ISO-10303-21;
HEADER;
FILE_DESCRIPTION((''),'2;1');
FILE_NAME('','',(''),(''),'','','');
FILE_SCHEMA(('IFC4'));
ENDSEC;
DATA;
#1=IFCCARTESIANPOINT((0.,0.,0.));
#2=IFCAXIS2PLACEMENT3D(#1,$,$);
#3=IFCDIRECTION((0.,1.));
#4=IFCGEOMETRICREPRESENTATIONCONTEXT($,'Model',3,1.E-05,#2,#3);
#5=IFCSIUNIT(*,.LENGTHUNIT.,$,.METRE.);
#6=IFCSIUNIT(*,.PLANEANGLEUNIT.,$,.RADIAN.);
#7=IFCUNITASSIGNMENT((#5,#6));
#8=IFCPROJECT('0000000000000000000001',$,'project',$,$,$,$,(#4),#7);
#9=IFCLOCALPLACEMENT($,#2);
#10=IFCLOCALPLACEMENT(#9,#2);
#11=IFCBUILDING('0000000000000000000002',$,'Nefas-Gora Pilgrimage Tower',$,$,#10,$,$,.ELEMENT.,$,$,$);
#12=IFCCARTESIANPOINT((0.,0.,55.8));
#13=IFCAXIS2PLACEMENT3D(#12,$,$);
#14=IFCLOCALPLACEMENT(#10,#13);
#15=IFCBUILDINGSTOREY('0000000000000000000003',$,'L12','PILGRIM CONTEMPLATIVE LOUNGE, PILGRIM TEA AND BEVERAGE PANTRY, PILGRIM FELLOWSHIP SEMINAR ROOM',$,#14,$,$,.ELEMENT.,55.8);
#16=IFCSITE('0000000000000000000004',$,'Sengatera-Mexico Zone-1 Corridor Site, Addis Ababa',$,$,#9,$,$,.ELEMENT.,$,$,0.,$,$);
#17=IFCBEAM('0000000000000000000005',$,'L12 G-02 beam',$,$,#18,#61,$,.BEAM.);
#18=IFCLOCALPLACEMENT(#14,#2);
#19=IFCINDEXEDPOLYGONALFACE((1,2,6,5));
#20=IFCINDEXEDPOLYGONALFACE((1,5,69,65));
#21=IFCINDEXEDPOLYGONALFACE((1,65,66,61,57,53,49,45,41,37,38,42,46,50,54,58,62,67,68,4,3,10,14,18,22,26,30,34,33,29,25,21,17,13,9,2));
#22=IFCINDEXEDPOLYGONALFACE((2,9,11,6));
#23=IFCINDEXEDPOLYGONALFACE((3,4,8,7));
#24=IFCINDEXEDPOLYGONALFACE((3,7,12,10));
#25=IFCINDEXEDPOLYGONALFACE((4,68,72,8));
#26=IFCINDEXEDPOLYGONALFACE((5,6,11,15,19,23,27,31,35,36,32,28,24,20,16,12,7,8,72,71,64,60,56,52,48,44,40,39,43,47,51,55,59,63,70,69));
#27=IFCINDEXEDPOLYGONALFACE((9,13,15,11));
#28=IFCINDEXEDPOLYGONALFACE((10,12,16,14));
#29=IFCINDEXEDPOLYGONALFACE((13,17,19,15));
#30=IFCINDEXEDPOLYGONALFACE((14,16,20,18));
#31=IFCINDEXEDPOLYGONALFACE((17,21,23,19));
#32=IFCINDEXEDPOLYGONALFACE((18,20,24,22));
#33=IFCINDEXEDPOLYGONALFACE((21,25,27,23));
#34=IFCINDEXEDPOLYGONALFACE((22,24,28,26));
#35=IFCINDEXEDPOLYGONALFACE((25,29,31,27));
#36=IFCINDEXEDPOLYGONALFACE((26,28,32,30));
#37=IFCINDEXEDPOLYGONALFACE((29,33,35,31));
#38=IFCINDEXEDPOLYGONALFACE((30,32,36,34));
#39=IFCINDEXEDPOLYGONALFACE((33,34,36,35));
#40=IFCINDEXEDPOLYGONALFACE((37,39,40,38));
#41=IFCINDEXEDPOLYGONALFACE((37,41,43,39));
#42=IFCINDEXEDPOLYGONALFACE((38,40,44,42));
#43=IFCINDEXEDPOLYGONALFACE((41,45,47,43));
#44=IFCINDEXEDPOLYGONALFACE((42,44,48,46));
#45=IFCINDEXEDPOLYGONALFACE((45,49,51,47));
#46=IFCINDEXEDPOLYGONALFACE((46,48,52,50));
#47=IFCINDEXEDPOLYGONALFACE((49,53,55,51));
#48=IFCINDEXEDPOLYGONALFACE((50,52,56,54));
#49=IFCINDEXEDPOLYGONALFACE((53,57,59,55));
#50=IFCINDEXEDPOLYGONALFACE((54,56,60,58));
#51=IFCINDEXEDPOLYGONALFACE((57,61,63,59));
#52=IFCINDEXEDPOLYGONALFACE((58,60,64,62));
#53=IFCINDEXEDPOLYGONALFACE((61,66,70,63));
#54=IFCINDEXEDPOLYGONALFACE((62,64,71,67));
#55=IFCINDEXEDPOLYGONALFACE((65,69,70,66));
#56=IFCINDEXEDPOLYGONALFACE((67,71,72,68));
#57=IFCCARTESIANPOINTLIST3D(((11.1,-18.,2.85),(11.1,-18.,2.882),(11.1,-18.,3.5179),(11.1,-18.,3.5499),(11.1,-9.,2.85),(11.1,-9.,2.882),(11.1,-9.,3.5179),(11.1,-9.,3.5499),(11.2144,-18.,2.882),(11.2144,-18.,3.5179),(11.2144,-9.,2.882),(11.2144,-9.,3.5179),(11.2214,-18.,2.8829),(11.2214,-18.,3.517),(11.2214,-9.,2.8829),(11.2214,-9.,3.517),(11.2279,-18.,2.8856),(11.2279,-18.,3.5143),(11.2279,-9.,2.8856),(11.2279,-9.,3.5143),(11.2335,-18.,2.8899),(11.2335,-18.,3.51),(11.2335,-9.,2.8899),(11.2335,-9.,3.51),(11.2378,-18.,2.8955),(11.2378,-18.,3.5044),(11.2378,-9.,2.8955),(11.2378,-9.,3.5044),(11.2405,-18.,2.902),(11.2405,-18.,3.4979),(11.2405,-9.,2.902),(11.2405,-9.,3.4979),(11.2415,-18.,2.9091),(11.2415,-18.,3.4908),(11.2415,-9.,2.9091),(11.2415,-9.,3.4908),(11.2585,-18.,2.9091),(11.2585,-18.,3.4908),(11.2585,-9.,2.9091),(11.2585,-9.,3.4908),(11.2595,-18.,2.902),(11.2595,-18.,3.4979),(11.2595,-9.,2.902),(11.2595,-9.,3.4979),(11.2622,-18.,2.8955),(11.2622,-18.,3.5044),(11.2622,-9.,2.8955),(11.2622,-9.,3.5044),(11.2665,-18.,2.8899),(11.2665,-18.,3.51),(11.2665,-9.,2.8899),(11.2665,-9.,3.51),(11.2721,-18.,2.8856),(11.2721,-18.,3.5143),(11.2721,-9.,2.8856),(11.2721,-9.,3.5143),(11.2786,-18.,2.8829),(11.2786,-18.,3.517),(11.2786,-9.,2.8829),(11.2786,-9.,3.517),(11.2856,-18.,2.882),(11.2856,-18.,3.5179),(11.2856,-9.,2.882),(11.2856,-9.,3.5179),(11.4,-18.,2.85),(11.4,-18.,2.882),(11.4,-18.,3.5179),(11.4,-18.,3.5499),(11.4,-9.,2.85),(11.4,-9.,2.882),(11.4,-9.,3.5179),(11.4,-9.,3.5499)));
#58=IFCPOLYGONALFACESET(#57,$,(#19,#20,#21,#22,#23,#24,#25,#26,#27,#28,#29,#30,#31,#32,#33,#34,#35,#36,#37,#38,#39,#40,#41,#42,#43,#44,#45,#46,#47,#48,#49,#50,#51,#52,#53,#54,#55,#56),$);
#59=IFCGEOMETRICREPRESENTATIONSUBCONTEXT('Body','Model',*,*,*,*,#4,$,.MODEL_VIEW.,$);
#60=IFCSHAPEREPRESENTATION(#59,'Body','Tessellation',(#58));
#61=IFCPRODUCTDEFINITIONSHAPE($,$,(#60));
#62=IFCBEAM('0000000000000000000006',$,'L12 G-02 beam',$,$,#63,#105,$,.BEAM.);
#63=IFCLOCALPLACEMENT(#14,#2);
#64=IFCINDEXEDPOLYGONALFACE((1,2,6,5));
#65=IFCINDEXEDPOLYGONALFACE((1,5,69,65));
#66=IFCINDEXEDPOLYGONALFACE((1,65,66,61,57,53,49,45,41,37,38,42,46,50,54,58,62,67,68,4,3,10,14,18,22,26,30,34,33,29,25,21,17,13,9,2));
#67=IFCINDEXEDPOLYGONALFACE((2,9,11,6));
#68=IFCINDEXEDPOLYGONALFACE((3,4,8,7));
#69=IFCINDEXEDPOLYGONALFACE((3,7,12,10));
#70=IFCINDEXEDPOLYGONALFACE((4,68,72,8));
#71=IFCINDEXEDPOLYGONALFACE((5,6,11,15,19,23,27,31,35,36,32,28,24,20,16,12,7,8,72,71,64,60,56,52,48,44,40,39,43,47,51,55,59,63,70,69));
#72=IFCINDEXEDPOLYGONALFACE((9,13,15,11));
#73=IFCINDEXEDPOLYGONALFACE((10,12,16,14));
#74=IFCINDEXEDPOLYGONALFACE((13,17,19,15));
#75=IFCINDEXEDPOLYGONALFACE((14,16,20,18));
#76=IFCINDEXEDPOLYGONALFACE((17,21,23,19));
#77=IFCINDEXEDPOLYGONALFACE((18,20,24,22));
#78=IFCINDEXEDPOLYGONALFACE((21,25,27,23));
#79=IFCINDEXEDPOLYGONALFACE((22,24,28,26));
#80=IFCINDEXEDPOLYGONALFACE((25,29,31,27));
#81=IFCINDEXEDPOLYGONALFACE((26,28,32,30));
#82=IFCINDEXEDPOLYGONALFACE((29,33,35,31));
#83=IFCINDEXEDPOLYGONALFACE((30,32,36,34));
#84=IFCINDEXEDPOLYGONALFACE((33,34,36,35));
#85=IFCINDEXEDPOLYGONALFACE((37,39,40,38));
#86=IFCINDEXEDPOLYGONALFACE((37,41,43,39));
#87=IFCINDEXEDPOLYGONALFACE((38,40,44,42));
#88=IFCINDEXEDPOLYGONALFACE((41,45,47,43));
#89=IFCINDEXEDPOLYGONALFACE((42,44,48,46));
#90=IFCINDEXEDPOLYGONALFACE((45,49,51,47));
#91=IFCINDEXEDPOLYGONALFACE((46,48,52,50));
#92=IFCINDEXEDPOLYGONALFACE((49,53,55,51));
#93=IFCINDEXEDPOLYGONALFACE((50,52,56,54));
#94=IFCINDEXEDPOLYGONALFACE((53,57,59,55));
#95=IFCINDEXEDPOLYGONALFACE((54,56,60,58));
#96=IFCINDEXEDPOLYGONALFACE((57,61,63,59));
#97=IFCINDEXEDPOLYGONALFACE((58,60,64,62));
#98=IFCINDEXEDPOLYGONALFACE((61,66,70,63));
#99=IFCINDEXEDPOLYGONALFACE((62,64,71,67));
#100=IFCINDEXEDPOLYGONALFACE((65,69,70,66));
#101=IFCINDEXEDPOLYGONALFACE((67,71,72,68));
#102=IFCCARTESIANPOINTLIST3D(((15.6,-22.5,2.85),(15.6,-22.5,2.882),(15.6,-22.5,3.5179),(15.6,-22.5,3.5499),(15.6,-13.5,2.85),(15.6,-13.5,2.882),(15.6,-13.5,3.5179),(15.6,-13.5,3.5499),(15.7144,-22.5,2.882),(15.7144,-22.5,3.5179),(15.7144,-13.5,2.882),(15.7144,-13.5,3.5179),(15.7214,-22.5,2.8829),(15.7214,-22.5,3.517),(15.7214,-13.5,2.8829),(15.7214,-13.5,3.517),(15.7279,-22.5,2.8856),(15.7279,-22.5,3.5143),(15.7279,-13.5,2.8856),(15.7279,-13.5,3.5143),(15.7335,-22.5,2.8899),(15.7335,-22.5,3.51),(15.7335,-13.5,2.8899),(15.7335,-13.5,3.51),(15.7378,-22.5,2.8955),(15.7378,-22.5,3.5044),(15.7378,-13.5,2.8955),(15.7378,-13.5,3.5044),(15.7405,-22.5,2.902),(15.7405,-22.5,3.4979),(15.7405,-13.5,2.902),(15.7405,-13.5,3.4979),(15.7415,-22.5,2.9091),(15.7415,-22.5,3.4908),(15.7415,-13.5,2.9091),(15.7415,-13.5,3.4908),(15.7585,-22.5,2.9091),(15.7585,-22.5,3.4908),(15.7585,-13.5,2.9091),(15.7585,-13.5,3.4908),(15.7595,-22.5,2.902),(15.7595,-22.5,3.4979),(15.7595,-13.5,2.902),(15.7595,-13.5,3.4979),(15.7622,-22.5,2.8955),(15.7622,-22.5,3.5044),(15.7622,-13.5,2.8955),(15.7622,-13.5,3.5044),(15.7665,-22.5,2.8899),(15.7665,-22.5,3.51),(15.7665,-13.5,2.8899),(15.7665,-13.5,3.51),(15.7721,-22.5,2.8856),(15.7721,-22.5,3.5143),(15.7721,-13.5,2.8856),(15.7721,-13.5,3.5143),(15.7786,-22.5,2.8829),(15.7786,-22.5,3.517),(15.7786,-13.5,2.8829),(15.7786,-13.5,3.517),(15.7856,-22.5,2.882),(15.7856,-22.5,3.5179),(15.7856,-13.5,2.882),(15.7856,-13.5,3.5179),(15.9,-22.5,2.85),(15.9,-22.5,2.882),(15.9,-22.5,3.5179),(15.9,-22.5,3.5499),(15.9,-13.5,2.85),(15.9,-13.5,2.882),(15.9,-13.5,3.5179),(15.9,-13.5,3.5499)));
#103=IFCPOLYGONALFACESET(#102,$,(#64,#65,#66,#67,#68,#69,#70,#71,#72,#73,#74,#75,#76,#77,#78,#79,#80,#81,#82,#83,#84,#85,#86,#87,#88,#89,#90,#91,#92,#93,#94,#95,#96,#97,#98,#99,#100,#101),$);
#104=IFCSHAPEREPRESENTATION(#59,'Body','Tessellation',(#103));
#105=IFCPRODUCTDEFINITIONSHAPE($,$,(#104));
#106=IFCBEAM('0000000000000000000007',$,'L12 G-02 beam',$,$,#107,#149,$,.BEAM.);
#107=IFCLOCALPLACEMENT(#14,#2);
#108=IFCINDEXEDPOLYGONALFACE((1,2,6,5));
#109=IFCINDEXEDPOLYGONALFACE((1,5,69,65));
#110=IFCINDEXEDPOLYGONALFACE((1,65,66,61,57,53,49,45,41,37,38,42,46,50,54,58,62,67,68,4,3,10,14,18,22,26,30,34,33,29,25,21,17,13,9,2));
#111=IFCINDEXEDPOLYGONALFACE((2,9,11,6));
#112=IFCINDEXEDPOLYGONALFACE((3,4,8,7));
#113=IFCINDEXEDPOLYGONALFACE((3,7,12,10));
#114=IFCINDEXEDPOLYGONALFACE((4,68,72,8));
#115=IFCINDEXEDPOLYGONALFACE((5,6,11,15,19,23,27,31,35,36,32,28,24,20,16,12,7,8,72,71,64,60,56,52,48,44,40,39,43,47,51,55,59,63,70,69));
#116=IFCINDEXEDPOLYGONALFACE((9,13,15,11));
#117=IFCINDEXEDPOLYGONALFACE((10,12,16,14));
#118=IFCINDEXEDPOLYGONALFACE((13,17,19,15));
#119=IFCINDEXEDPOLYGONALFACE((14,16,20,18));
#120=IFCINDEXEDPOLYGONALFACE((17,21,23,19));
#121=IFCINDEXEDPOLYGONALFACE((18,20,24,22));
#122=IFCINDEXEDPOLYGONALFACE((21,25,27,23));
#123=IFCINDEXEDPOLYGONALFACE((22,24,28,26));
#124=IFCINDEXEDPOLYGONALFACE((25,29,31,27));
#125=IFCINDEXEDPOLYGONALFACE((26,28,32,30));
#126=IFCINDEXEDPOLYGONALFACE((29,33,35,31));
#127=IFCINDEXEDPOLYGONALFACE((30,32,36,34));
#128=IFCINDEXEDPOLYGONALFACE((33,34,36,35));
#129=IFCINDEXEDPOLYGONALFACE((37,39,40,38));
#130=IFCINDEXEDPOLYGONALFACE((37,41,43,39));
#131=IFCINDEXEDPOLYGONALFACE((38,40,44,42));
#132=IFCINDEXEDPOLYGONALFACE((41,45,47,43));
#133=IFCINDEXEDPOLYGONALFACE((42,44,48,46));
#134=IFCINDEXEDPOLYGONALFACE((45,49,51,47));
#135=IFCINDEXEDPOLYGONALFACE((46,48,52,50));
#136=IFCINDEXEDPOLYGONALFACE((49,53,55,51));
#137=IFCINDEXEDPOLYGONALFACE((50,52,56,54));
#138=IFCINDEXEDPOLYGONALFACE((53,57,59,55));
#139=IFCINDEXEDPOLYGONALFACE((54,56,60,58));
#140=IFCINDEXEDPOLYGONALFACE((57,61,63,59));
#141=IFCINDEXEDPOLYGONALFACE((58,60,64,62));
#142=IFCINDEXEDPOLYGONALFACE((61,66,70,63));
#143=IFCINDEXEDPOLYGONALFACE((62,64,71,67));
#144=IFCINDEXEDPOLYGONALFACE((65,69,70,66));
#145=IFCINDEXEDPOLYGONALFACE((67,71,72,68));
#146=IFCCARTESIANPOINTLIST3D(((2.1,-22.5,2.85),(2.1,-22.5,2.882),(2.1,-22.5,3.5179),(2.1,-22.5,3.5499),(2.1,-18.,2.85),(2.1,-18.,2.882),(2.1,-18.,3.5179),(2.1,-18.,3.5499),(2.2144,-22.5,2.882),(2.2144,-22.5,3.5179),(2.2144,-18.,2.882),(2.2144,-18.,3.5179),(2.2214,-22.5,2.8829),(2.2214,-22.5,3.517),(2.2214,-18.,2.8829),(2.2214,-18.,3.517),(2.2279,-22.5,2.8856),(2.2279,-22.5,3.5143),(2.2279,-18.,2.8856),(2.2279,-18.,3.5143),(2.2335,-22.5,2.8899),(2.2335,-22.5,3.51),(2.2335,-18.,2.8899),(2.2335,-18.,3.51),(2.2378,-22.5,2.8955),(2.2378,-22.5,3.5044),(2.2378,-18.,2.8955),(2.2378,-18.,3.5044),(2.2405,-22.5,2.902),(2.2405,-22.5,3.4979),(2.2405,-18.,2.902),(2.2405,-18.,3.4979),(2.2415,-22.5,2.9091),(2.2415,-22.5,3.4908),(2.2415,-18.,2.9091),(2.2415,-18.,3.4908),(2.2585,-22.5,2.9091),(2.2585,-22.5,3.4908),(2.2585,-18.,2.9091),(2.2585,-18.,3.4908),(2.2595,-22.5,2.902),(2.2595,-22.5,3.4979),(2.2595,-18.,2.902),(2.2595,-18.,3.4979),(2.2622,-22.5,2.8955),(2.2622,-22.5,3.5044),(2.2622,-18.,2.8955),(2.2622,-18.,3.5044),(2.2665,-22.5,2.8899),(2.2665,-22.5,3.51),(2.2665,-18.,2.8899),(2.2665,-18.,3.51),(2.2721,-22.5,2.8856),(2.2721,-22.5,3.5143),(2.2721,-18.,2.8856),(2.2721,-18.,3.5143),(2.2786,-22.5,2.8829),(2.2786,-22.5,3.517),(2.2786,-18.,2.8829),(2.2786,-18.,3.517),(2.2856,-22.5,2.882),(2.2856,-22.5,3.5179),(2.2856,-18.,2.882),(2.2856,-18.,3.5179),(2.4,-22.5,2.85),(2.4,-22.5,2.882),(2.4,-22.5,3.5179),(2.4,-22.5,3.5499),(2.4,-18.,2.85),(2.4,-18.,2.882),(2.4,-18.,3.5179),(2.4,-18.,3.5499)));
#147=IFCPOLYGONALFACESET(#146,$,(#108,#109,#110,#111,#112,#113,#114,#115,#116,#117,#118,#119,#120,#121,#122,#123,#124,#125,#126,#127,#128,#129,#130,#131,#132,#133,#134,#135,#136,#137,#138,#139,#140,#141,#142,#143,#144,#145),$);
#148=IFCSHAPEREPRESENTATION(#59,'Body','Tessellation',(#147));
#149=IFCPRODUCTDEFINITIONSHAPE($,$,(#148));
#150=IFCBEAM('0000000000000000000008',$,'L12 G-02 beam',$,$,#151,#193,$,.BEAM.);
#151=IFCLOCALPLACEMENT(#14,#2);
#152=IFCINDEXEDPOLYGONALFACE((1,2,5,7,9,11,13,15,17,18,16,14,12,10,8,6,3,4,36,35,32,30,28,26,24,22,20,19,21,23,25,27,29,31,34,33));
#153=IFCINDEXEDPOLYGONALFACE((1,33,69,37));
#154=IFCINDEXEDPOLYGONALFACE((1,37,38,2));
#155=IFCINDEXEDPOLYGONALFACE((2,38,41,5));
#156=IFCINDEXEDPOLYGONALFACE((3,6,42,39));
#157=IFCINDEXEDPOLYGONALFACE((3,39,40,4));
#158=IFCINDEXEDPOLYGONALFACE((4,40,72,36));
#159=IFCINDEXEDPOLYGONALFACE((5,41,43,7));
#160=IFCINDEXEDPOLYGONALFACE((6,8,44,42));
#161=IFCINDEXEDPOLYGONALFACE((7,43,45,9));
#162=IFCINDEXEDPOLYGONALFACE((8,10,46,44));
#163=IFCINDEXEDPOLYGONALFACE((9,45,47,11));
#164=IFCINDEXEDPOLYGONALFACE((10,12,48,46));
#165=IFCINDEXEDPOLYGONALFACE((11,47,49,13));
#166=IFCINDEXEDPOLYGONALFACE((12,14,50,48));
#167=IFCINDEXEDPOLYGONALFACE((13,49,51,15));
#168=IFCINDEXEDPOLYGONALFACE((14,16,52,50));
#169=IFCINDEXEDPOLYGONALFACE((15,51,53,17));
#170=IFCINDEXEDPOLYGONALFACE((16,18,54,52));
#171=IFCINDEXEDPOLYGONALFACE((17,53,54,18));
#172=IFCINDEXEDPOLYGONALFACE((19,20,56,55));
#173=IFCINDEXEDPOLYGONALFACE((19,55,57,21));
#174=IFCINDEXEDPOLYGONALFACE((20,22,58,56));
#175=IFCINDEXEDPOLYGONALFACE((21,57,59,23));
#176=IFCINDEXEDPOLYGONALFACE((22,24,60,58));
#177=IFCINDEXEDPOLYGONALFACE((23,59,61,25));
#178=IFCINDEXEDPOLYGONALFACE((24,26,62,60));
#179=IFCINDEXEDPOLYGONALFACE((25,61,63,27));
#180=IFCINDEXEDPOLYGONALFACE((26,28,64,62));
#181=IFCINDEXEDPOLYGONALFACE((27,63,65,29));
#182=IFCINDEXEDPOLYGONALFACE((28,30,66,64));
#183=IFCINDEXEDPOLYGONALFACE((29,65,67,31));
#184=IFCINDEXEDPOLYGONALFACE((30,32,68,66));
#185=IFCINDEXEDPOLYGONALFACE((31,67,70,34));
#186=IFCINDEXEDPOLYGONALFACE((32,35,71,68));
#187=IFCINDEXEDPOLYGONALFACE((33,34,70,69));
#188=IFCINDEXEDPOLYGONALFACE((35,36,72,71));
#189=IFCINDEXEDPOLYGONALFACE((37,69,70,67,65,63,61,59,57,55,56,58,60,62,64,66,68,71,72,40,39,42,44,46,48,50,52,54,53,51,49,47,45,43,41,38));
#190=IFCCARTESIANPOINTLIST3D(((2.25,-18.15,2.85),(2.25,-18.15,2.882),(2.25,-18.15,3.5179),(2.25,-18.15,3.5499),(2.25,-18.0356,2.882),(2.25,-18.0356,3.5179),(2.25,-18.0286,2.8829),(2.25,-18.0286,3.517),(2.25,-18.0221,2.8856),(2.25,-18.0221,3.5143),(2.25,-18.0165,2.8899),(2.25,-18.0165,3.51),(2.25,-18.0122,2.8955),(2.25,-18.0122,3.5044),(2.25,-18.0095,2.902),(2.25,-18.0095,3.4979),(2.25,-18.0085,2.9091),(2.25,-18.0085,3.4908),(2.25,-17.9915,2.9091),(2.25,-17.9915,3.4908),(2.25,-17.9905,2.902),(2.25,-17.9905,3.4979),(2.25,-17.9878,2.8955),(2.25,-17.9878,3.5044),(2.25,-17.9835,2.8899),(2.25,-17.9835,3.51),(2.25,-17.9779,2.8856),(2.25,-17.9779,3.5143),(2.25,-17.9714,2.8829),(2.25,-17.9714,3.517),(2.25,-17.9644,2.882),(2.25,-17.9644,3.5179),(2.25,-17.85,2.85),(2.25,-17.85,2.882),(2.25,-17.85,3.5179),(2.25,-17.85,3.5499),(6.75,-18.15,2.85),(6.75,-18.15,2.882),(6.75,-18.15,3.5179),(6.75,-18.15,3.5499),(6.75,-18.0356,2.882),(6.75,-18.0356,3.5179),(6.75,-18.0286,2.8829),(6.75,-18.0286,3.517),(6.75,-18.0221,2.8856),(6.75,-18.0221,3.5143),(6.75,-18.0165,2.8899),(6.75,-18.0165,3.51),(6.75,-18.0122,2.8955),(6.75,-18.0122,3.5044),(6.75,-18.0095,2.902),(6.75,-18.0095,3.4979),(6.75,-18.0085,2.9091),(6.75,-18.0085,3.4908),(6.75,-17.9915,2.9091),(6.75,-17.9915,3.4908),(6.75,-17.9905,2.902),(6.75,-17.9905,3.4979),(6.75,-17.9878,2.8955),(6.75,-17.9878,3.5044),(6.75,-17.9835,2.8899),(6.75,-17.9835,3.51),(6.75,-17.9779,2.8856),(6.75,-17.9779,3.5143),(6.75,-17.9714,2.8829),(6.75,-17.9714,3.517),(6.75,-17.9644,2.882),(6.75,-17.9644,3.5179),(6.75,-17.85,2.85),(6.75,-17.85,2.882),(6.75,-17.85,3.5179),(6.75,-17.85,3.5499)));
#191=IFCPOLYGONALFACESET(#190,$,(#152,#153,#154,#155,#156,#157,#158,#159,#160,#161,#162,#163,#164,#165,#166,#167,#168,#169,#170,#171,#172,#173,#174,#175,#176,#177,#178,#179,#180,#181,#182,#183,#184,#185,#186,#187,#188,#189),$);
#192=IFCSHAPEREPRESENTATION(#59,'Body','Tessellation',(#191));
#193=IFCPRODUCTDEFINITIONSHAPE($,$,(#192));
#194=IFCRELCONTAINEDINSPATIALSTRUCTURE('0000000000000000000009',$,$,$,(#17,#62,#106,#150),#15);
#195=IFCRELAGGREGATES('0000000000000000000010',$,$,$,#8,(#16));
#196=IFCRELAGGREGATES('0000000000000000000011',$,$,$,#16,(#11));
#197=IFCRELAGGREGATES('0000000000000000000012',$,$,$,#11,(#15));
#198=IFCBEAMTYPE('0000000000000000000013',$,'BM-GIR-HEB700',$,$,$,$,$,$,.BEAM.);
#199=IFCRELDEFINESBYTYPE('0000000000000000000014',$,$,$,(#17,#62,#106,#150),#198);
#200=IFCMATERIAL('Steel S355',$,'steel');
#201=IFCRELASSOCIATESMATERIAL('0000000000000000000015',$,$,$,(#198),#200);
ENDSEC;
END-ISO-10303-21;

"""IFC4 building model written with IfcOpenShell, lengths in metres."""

from ifc_helpers import new_model, si_unit, direction, frame, origin, origin_2d, place, context, subcontext, project, spatial, i_section, extrude, source, transform, mapped, material, material_profile, profile_set, type_object, element, save


model = new_model("IFC4")

# Units and contexts
model_context = context("Model", 3, precision=1e-05, world=origin(), true_north=direction((0.0, 1.0)))
body_context = subcontext(model_context, "Body", "Model", "MODEL_VIEW")
ifc_project = project(units=[si_unit("LENGTHUNIT", "METRE"), si_unit("PLANEANGLEUNIT", "RADIAN")], contexts=[model_context])

# Site, building, storey
site_placement = place(None, origin())
site = spatial("IfcSite", under=ifc_project, at=site_placement, Name="Sengatera-Mexico Zone-1 Corridor Site, Addis Ababa", CompositionType="ELEMENT", RefElevation=0.0)
building_placement = place(site_placement, origin())
building = spatial("IfcBuilding", under=site, at=building_placement, Name="Nefas-Gora Pilgrimage Tower", CompositionType="ELEMENT")
storey_placement = place(building_placement, frame((0.0, 0.0, 55.8)))
storey = spatial("IfcBuildingStorey", under=building, at=storey_placement, Name="L12", Description="PILGRIM CONTEMPLATIVE LOUNGE, PILGRIM TEA AND BEVERAGE PANTRY, PILGRIM FELLOWSHIP SEMINAR ROOM", CompositionType="ELEMENT", Elevation=55.8)

# Beams
ifc_material_1 = material(Name="Steel S355", Category="steel")
ifc_material_profile_1 = material_profile(ifc_material_1, i_section(OverallWidth=0.3, OverallDepth=0.7, WebThickness=0.0171, FlangeThickness=0.032, FilletRadius=0.0271, at=origin_2d()), Name="HEB 700")
ifc_profile_set_1 = profile_set([ifc_material_profile_1], Name="Steel S355")
beam_type_1 = type_object("IfcBeamType", Name="BM-GIR-HEB700", PredefinedType="BEAM", material=ifc_profile_set_1)
shared_shape_1 = source(origin(), body_context, "Body", "SweptSolid", [
    extrude(i_section(OverallWidth=0.3, OverallDepth=0.7, WebThickness=0.0171, FlangeThickness=0.032, FilletRadius=0.0271, at=origin_2d()), origin(), (0.0, 0.0, 1.0), 9.0),
])
for number, where, z_axis, x_axis, name in (
    (1, (11.25, -18.0, 3.2), (0.0, 1.0, 0.0), (-1.0, 0.0, 0.0), "L12 G-02 beam"),
    (2, (15.75, -22.5, 3.2), (0.0, 1.0, 0.0), (-1.0, 0.0, 0.0), "L12 G-02 beam"),
):
    element("IfcBeam", number, at=place(storey_placement, frame(where, z_axis=z_axis, x_axis=x_axis)), inside=storey, type_object=beam_type_1, Name=name, PredefinedType="BEAM", context=body_context, shape_type="MappedRepresentation", body=[
        mapped(shared_shape_1, transform((0.0, 0.0, 0.0), x_axis=(1.0, 0.0, 0.0), y_axis=(0.0, 1.0, 0.0), z_axis=(0.0, 0.0, 1.0), scale=1.0)),
    ])
shared_shape_2 = source(origin(), body_context, "Body", "SweptSolid", [
    extrude(i_section(OverallWidth=0.3, OverallDepth=0.7, WebThickness=0.0171, FlangeThickness=0.032, FilletRadius=0.0271, at=origin_2d()), origin(), (0.0, 0.0, 1.0), 4.5),
])
for number, where, z_axis, x_axis, name in (
    (3, (2.25, -22.5, 3.2), (0.0, 1.0, 0.0), (-1.0, 0.0, 0.0), "L12 G-02 beam"),
    (4, (2.25, -18.0, 3.2), (1.0, 0.0, 0.0), (0.0, 1.0, 0.0), "L12 G-02 beam"),
):
    element("IfcBeam", number, at=place(storey_placement, frame(where, z_axis=z_axis, x_axis=x_axis)), inside=storey, type_object=beam_type_1, Name=name, PredefinedType="BEAM", context=body_context, shape_type="MappedRepresentation", body=[
        mapped(shared_shape_2, transform((0.0, 0.0, 0.0), x_axis=(1.0, 0.0, 0.0), y_axis=(0.0, 1.0, 0.0), z_axis=(0.0, 0.0, 1.0), scale=1.0)),
    ])

save(model, "model.ifc")
